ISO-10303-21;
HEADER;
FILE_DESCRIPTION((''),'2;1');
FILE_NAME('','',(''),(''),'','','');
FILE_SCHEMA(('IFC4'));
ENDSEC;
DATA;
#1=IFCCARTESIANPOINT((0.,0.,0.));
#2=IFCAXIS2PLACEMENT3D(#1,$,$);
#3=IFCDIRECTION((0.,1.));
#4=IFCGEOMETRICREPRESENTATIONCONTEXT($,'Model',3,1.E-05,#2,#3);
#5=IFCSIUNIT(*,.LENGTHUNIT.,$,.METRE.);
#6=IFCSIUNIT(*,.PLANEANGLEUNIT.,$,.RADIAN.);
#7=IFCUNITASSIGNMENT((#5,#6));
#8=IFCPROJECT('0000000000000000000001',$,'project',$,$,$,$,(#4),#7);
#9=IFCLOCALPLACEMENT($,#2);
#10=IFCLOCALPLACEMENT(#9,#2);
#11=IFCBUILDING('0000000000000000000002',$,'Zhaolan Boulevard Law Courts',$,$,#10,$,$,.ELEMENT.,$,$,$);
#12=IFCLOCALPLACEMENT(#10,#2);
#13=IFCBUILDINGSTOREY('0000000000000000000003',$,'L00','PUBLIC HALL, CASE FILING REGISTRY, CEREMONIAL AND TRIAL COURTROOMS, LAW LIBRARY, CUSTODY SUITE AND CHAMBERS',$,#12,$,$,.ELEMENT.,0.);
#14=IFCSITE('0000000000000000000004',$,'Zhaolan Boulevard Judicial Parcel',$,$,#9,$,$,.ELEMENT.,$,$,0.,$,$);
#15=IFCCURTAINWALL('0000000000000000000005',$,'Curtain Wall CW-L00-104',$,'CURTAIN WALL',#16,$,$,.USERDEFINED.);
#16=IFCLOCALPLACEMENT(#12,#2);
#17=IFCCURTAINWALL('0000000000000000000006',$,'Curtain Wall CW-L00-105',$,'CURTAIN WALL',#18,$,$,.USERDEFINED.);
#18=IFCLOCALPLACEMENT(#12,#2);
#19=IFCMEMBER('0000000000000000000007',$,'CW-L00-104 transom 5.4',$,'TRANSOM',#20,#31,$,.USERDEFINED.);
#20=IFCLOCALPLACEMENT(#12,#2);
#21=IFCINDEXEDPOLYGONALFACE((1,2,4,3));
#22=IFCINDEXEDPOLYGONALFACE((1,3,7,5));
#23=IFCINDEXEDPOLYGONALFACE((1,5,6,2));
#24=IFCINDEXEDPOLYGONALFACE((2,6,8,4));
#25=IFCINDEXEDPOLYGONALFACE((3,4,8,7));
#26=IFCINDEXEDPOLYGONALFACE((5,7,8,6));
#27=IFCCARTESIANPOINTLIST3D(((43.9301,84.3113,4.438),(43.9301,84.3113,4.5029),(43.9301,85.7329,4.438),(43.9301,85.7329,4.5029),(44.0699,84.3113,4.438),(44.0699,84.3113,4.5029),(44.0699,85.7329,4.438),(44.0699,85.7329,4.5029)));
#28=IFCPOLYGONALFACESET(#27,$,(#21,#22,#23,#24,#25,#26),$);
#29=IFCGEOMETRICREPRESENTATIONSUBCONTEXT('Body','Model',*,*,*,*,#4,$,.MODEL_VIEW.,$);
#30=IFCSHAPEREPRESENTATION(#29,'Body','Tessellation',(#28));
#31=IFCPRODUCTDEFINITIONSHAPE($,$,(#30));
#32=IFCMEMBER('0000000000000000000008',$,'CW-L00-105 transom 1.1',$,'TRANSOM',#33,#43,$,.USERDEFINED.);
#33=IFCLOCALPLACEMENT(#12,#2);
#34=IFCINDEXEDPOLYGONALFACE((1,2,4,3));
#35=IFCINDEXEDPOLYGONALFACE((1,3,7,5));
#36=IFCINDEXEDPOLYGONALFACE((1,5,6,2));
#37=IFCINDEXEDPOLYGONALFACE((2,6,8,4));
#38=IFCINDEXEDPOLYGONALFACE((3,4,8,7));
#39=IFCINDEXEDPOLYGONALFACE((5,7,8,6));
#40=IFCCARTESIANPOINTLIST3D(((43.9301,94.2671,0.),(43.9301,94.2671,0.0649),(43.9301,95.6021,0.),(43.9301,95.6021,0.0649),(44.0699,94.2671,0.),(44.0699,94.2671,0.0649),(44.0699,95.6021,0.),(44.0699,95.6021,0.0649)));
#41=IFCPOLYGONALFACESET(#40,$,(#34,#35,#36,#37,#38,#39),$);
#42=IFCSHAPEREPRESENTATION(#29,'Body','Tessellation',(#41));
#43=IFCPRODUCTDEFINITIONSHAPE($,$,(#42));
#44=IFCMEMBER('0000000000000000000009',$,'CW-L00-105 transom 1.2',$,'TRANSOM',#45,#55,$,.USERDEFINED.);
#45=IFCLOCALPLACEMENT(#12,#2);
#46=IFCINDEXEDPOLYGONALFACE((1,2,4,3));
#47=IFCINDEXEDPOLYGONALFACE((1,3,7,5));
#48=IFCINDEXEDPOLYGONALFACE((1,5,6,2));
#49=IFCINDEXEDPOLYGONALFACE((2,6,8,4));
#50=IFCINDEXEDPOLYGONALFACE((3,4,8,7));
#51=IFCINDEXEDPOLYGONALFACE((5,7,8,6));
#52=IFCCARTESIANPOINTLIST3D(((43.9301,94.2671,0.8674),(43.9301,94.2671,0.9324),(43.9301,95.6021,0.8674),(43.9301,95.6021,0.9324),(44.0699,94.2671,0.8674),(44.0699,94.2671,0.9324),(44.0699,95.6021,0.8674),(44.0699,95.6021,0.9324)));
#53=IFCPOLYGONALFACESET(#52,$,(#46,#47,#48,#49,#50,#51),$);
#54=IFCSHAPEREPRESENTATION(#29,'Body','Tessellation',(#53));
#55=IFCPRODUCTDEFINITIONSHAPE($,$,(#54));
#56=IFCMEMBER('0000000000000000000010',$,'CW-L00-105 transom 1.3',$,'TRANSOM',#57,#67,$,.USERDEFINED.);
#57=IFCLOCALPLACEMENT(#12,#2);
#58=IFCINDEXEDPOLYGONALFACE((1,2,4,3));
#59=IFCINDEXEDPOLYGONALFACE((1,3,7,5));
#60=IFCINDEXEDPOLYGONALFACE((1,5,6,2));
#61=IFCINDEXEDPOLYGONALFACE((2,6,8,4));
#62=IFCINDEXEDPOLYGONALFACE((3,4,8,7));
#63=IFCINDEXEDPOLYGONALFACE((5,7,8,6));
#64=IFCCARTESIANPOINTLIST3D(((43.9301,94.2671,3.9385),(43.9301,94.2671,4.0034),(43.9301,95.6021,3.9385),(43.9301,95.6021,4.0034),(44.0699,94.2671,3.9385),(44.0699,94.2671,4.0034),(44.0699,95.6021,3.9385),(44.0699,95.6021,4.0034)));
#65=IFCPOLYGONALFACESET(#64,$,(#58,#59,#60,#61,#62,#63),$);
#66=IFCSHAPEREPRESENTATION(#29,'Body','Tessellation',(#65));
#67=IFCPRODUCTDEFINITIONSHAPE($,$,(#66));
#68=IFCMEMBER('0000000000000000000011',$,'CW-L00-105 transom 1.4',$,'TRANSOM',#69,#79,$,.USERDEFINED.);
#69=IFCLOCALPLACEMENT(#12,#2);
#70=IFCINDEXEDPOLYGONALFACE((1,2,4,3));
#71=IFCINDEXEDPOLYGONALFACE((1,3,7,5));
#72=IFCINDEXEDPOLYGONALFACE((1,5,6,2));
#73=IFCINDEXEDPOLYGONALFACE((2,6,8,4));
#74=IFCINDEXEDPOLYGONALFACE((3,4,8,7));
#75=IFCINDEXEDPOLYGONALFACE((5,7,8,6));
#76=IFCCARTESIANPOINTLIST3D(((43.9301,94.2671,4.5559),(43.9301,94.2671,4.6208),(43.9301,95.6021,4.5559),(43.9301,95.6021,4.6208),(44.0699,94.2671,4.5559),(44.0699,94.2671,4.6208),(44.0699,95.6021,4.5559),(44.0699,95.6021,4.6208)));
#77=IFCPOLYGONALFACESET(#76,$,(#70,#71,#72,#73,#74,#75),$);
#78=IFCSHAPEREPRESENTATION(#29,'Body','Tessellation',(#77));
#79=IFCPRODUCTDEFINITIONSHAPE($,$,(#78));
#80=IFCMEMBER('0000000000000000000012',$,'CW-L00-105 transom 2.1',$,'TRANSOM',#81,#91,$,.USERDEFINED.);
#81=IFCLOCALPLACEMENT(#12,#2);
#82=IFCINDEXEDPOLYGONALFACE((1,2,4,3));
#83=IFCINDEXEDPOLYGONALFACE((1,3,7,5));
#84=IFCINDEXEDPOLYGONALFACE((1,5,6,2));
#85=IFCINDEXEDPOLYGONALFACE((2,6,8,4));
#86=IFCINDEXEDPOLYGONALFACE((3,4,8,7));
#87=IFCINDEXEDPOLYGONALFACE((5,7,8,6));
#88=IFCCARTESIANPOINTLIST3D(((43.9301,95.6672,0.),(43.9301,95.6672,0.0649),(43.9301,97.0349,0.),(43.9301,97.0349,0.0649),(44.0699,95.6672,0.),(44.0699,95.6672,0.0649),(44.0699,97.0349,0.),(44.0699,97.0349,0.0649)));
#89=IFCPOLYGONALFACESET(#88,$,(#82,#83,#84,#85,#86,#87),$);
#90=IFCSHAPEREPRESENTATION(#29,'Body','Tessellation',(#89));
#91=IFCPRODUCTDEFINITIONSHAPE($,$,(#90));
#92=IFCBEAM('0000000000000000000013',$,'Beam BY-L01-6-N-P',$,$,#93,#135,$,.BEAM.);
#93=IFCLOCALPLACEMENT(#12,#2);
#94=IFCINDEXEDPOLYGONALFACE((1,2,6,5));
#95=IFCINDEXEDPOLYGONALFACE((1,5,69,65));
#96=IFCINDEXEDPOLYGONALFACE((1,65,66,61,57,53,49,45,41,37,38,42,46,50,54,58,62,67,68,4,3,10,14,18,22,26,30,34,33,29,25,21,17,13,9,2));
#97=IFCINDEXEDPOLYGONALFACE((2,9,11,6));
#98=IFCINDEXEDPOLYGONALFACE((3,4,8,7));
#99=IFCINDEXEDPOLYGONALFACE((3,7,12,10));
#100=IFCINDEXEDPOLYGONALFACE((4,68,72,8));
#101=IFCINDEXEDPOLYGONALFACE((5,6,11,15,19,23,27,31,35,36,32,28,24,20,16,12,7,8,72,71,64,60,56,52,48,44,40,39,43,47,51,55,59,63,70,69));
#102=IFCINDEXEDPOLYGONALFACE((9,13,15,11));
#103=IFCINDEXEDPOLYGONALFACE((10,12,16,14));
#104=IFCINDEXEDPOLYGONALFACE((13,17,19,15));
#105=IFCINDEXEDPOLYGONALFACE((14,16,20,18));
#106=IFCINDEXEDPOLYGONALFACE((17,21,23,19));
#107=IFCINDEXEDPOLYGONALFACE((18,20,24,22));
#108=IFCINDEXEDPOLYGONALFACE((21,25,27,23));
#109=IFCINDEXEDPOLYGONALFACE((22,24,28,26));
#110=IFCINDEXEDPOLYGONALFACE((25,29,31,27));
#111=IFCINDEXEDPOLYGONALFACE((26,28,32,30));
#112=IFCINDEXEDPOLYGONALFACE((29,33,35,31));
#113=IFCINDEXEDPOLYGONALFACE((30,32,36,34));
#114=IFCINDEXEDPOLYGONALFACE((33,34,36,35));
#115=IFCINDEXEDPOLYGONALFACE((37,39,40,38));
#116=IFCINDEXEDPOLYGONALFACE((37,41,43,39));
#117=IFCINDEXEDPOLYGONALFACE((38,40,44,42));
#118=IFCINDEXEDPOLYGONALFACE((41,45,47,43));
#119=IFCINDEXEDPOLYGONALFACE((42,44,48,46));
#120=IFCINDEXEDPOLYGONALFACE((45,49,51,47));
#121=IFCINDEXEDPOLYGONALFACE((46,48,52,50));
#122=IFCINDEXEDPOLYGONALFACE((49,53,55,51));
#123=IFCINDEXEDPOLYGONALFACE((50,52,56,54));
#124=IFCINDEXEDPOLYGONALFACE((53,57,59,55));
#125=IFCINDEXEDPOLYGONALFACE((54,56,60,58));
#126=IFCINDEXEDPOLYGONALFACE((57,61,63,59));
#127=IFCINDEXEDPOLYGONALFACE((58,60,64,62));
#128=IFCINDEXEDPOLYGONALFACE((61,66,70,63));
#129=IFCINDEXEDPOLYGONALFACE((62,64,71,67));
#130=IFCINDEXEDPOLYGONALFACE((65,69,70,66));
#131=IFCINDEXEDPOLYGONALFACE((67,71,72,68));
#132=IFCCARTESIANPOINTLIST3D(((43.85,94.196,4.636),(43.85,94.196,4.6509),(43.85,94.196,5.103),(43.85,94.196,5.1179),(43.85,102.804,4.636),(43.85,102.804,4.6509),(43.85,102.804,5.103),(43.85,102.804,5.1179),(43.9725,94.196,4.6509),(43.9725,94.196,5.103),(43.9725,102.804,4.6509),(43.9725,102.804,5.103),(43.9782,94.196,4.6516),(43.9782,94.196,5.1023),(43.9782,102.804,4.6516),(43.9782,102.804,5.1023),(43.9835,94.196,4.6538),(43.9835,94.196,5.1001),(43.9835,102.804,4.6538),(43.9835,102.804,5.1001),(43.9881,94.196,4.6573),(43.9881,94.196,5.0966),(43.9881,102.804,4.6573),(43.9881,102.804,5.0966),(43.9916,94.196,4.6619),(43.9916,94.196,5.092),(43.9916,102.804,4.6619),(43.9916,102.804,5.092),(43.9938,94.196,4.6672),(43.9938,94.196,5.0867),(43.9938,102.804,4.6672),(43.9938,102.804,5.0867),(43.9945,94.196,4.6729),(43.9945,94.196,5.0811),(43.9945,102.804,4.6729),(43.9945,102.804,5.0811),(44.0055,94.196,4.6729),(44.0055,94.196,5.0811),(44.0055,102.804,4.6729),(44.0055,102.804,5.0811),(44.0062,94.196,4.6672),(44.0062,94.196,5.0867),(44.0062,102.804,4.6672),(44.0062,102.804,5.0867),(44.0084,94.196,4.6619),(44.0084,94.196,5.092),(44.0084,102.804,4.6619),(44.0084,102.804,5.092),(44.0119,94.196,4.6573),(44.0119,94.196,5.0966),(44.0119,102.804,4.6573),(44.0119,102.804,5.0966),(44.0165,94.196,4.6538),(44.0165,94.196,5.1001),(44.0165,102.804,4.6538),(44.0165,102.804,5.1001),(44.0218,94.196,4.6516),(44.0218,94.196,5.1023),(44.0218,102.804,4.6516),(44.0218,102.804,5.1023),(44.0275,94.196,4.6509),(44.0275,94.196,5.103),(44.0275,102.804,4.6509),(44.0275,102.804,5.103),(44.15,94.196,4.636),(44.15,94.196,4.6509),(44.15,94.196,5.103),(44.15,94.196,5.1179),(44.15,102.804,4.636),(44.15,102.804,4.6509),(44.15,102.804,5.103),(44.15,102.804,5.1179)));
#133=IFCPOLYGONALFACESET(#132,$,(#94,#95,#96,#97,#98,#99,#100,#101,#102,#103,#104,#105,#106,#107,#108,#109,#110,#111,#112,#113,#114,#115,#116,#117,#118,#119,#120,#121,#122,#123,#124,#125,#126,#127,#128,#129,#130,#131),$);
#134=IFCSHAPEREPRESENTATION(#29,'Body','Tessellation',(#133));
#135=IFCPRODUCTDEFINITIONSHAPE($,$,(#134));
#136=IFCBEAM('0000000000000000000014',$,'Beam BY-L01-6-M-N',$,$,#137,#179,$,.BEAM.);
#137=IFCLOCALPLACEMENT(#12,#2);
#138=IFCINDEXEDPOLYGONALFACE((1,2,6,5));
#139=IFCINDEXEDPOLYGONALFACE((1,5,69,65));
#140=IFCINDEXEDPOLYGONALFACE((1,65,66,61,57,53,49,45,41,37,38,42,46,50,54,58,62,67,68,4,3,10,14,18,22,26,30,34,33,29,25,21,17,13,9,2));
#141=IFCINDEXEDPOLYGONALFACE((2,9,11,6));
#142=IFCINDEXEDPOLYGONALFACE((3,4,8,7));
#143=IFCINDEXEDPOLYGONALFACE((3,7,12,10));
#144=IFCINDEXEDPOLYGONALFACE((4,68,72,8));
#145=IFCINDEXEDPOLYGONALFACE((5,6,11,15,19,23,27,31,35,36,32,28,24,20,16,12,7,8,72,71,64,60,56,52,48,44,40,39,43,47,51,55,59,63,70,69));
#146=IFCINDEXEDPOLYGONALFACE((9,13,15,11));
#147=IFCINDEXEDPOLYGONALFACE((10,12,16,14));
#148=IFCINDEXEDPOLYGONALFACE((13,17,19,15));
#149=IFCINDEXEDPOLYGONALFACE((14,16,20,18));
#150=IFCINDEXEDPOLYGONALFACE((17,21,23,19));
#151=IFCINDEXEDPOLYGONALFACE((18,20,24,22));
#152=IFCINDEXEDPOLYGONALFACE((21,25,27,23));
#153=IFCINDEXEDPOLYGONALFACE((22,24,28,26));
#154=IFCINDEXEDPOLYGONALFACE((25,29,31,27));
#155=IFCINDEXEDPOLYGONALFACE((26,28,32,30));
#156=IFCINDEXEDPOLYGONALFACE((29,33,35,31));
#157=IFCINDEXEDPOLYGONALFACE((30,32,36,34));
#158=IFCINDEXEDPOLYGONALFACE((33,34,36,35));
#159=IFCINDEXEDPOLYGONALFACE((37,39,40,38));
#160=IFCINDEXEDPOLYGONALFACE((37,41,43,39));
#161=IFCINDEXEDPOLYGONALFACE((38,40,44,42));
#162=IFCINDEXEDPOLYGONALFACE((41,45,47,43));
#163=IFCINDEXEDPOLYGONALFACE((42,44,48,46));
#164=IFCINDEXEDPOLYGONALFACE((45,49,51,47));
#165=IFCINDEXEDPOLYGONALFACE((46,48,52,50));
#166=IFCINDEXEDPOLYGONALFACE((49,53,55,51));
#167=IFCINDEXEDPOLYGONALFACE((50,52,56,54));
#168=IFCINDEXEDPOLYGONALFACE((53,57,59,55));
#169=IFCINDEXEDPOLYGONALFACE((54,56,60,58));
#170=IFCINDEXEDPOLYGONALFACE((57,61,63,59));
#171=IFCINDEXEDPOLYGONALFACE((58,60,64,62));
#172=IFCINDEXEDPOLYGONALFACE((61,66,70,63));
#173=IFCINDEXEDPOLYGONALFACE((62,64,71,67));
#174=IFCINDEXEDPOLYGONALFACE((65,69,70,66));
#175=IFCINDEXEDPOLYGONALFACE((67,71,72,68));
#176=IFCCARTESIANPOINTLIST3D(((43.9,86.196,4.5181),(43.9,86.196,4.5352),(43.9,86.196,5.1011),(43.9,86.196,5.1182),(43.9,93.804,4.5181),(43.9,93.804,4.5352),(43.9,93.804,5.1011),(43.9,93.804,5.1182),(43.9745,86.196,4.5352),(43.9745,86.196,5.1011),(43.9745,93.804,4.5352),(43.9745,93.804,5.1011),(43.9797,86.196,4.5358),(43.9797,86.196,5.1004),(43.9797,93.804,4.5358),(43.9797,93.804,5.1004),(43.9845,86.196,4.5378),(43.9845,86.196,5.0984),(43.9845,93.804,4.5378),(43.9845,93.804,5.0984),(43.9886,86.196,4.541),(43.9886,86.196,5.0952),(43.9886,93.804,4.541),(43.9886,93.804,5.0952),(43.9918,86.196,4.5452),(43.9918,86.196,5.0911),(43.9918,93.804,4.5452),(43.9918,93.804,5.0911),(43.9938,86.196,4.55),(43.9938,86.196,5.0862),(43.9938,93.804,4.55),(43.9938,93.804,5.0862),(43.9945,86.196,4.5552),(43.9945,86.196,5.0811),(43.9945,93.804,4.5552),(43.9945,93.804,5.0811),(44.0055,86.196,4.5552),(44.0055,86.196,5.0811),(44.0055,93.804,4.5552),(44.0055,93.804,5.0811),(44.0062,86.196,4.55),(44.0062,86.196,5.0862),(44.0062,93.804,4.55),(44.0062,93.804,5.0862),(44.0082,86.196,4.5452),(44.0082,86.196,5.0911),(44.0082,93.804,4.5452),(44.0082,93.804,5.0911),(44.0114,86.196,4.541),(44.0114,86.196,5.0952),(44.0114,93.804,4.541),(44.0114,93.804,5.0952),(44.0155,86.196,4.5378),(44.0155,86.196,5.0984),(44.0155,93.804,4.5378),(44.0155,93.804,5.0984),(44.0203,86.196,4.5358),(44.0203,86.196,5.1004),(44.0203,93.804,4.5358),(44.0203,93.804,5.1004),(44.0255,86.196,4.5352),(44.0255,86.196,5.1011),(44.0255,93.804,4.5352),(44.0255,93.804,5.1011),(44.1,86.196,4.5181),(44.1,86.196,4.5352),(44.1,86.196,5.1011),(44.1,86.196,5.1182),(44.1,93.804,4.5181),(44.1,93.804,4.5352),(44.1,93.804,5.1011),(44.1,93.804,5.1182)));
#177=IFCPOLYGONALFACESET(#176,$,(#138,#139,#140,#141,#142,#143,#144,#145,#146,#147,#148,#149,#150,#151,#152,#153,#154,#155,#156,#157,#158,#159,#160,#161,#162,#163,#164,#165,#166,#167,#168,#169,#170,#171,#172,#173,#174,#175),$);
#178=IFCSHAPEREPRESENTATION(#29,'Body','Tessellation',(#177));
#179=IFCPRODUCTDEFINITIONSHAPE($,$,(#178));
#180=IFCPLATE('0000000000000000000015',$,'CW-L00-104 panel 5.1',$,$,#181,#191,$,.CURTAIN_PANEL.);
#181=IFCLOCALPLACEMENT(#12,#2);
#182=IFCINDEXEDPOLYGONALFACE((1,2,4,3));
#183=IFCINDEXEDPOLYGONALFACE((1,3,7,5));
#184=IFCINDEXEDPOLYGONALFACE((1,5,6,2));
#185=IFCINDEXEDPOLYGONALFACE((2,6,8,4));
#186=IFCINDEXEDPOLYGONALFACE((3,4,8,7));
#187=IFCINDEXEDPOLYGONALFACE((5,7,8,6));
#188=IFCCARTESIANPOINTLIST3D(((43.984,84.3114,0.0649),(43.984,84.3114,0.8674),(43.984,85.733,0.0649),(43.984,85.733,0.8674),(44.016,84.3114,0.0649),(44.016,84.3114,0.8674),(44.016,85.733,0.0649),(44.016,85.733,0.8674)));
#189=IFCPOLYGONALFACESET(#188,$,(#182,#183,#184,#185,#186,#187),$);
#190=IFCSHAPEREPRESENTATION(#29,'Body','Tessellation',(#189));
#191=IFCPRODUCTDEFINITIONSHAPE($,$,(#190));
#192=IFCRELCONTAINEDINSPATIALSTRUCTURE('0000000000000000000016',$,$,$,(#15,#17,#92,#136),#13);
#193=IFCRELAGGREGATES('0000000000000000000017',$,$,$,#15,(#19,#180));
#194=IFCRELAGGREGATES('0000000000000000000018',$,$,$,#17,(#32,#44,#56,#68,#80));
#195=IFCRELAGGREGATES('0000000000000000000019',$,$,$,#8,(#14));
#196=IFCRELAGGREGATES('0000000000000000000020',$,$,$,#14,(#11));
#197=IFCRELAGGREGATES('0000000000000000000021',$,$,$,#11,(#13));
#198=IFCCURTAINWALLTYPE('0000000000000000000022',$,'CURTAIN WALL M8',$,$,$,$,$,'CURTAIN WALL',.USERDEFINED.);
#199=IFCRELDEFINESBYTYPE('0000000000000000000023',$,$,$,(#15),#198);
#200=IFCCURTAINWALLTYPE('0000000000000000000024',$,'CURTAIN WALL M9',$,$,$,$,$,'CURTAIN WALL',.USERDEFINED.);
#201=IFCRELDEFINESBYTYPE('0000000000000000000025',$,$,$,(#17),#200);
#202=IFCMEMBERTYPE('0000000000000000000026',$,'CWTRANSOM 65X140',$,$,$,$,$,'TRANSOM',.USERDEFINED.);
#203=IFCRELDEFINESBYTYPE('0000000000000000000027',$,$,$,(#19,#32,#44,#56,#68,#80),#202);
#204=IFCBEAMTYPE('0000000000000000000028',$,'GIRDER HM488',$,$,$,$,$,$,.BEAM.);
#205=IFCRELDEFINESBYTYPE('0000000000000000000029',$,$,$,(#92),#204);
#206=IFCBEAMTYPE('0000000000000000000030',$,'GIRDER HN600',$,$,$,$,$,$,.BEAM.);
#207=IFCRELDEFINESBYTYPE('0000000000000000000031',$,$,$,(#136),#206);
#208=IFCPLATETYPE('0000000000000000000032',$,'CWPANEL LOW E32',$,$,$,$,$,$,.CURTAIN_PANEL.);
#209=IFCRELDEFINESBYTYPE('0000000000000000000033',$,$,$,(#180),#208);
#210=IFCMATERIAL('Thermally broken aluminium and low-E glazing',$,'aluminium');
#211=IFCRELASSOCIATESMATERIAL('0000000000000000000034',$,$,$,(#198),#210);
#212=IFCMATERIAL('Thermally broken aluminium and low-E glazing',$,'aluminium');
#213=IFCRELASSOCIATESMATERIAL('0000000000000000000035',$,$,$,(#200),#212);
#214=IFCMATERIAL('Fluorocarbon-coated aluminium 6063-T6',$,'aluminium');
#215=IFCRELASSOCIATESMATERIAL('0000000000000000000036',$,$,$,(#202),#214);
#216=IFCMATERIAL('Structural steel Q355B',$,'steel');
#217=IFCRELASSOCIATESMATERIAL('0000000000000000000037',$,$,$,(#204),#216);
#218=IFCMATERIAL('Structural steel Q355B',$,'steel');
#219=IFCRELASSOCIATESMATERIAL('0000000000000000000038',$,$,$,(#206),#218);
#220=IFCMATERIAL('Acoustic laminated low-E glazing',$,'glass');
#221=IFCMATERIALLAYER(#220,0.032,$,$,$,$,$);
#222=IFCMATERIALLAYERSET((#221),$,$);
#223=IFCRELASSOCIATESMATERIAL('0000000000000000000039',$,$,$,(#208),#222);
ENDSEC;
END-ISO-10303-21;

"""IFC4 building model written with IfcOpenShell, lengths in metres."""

from ifc_helpers import new_model, si_unit, direction, frame, origin, origin_2d, place, context, subcontext, project, spatial, rectangle, i_section, extrude, material, layer, layer_set, material_profile, profile_set, type_object, element, aggregate, save


model = new_model("IFC4")

# Units and contexts
model_context = context("Model", 3, precision=1e-05, world=origin(), true_north=direction((0.0, 1.0)))
body_context = subcontext(model_context, "Body", "Model", "MODEL_VIEW")
ifc_project = project(units=[si_unit("LENGTHUNIT", "METRE"), si_unit("PLANEANGLEUNIT", "RADIAN")], contexts=[model_context])

# Site, building, storey
site_placement = place(None, origin())
site = spatial("IfcSite", under=ifc_project, at=site_placement, Name="Zhaolan Boulevard Judicial Parcel", CompositionType="ELEMENT", RefElevation=0.0)
building_placement = place(site_placement, origin())
building = spatial("IfcBuilding", under=site, at=building_placement, Name="Zhaolan Boulevard Law Courts", CompositionType="ELEMENT")
storey_placement = place(building_placement, origin())
storey = spatial("IfcBuildingStorey", under=building, at=storey_placement, Name="L00", Description="PUBLIC HALL, CASE FILING REGISTRY, CEREMONIAL AND TRIAL COURTROOMS, LAW LIBRARY, CUSTODY SUITE AND CHAMBERS", CompositionType="ELEMENT", Elevation=0.0)

# Curtain walls
ifc_material_1 = material(Name="Thermally broken aluminium and low-E glazing", Category="aluminium")
curtain_wall_type_1 = type_object("IfcCurtainWallType", Name="CURTAIN WALL M8", ElementType="CURTAIN WALL", PredefinedType="USERDEFINED", material=ifc_material_1)
curtain_wall_1_placement = place(storey_placement, origin())
curtain_wall_1 = element("IfcCurtainWall", 1, at=curtain_wall_1_placement, inside=storey, type_object=curtain_wall_type_1, Name="Curtain Wall CW-L00-104", ObjectType="CURTAIN WALL", PredefinedType="USERDEFINED")
ifc_material_2 = material(Name="Thermally broken aluminium and low-E glazing", Category="aluminium")
curtain_wall_type_2 = type_object("IfcCurtainWallType", Name="CURTAIN WALL M9", ElementType="CURTAIN WALL", PredefinedType="USERDEFINED", material=ifc_material_2)
curtain_wall_2_placement = place(storey_placement, origin())
curtain_wall_2 = element("IfcCurtainWall", 2, at=curtain_wall_2_placement, inside=storey, type_object=curtain_wall_type_2, Name="Curtain Wall CW-L00-105", ObjectType="CURTAIN WALL", PredefinedType="USERDEFINED")

# Members
ifc_material_3 = material(Name="Fluorocarbon-coated aluminium 6063-T6", Category="aluminium")
ifc_material_profile_1 = material_profile(ifc_material_3, rectangle(XDim=0.1399, YDim=0.0649, at=origin_2d()), Name="AL65x140")
ifc_profile_set_1 = profile_set([ifc_material_profile_1], Name="Fluorocarbon-coated aluminium 6063-T6")
member_type_1 = type_object("IfcMemberType", Name="CWTRANSOM 65X140", ElementType="TRANSOM", PredefinedType="USERDEFINED", material=ifc_profile_set_1)
member_1_placement = place(storey_placement, frame((44.0, 84.3113, 4.4705), z_axis=(0.0, 1.0, 0.0), x_axis=(-1.0, 0.0, 0.0)))
member_1 = element("IfcMember", 3, at=member_1_placement, type_object=member_type_1, Name="CW-L00-104 transom 5.4", ObjectType="TRANSOM", PredefinedType="USERDEFINED", context=body_context, shape_type="SweptSolid", body=[
    extrude(rectangle(XDim=0.1399, YDim=0.0649, at=origin_2d()), origin(), (0.0, 0.0, 1.0), 1.4216),
])
member_2_placement = place(storey_placement, frame((44.0, 94.2671, 0.0325), z_axis=(0.0, 1.0, 0.0), x_axis=(-1.0, 0.0, 0.0)))
member_2 = element("IfcMember", 4, at=member_2_placement, type_object=member_type_1, Name="CW-L00-105 transom 1.1", ObjectType="TRANSOM", PredefinedType="USERDEFINED", context=body_context, shape_type="SweptSolid", body=[
    extrude(rectangle(XDim=0.1399, YDim=0.0649, at=origin_2d()), origin(), (0.0, 0.0, 1.0), 1.335),
])
member_3_placement = place(storey_placement, frame((44.0, 94.2671, 0.8999), z_axis=(0.0, 1.0, 0.0), x_axis=(-1.0, 0.0, 0.0)))
member_3 = element("IfcMember", 5, at=member_3_placement, type_object=member_type_1, Name="CW-L00-105 transom 1.2", ObjectType="TRANSOM", PredefinedType="USERDEFINED", context=body_context, shape_type="SweptSolid", body=[
    extrude(rectangle(XDim=0.1399, YDim=0.0649, at=origin_2d()), origin(), (0.0, 0.0, 1.0), 1.335),
])
member_4_placement = place(storey_placement, frame((44.0, 94.2671, 3.9709), z_axis=(0.0, 1.0, 0.0), x_axis=(-1.0, 0.0, 0.0)))
member_4 = element("IfcMember", 6, at=member_4_placement, type_object=member_type_1, Name="CW-L00-105 transom 1.3", ObjectType="TRANSOM", PredefinedType="USERDEFINED", context=body_context, shape_type="SweptSolid", body=[
    extrude(rectangle(XDim=0.1399, YDim=0.0649, at=origin_2d()), origin(), (0.0, 0.0, 1.0), 1.335),
])
member_5_placement = place(storey_placement, frame((44.0, 94.2671, 4.5884), z_axis=(0.0, 1.0, 0.0), x_axis=(-1.0, 0.0, 0.0)))
member_5 = element("IfcMember", 7, at=member_5_placement, type_object=member_type_1, Name="CW-L00-105 transom 1.4", ObjectType="TRANSOM", PredefinedType="USERDEFINED", context=body_context, shape_type="SweptSolid", body=[
    extrude(rectangle(XDim=0.1399, YDim=0.0649, at=origin_2d()), origin(), (0.0, 0.0, 1.0), 1.335),
])
member_6_placement = place(storey_placement, frame((44.0, 95.6672, 0.0325), z_axis=(0.0, 1.0, 0.0), x_axis=(-1.0, 0.0, 0.0)))
member_6 = element("IfcMember", 8, at=member_6_placement, type_object=member_type_1, Name="CW-L00-105 transom 2.1", ObjectType="TRANSOM", PredefinedType="USERDEFINED", context=body_context, shape_type="SweptSolid", body=[
    extrude(rectangle(XDim=0.1399, YDim=0.0649, at=origin_2d()), origin(), (0.0, 0.0, 1.0), 1.3677),
])

# Beams
ifc_material_4 = material(Name="Structural steel Q355B", Category="steel")
ifc_material_profile_2 = material_profile(ifc_material_4, i_section(OverallWidth=0.3, OverallDepth=0.4819, WebThickness=0.011, FlangeThickness=0.0149, FilletRadius=0.022, at=origin_2d()), Name="HM482x300")
ifc_profile_set_2 = profile_set([ifc_material_profile_2], Name="Structural steel Q355B")
beam_type_1 = type_object("IfcBeamType", Name="GIRDER HM488", PredefinedType="BEAM", material=ifc_profile_set_2)
beam_1_placement = place(storey_placement, frame((44.0, 94.196, 4.877), z_axis=(0.0, 1.0, 0.0), x_axis=(-1.0, 0.0, 0.0)))
element("IfcBeam", 9, at=beam_1_placement, inside=storey, type_object=beam_type_1, Name="Beam BY-L01-6-N-P", PredefinedType="BEAM", context=body_context, shape_type="SweptSolid", body=[
    extrude(i_section(OverallWidth=0.3, OverallDepth=0.4819, WebThickness=0.011, FlangeThickness=0.0149, FilletRadius=0.022, at=origin_2d()), origin(), (0.0, 0.0, 1.0), 8.6079),
])
ifc_material_5 = material(Name="Structural steel Q355B", Category="steel")
ifc_material_profile_3 = material_profile(ifc_material_5, i_section(OverallWidth=0.2, OverallDepth=0.6001, WebThickness=0.011, FlangeThickness=0.0171, FilletRadius=0.02, at=origin_2d()), Name="HN600x200")
ifc_profile_set_3 = profile_set([ifc_material_profile_3], Name="Structural steel Q355B")
beam_type_2 = type_object("IfcBeamType", Name="GIRDER HN600", PredefinedType="BEAM", material=ifc_profile_set_3)
beam_2_placement = place(storey_placement, frame((44.0, 86.196, 4.8181), z_axis=(0.0, 1.0, 0.0), x_axis=(-1.0, 0.0, 0.0)))
element("IfcBeam", 10, at=beam_2_placement, inside=storey, type_object=beam_type_2, Name="Beam BY-L01-6-M-N", PredefinedType="BEAM", context=body_context, shape_type="SweptSolid", body=[
    extrude(i_section(OverallWidth=0.2, OverallDepth=0.6001, WebThickness=0.011, FlangeThickness=0.0171, FilletRadius=0.02, at=origin_2d()), origin(), (0.0, 0.0, 1.0), 7.6079),
])

# Plate
ifc_material_6 = material(Name="Acoustic laminated low-E glazing", Category="glass")
ifc_layer_1 = layer(ifc_material_6, 0.032)
ifc_layer_set_1 = layer_set([ifc_layer_1])
plate_type = type_object("IfcPlateType", Name="CWPANEL LOW E32", PredefinedType="CURTAIN_PANEL", material=ifc_layer_set_1)
plate_1_placement = place(storey_placement, frame((44.0, 85.0222, 0.0649), z_axis=(0.0, 0.0, 1.0), x_axis=(0.0, 1.0, 0.0)))
plate_1 = element("IfcPlate", 11, at=plate_1_placement, type_object=plate_type, Name="CW-L00-104 panel 5.1", PredefinedType="CURTAIN_PANEL", context=body_context, shape_type="SweptSolid", body=[
    extrude(rectangle(XDim=1.4216, YDim=0.032, at=origin_2d()), origin(), (0.0, 0.0, 1.0), 0.8025),
])
aggregate(curtain_wall_1, [member_1, plate_1])
aggregate(curtain_wall_2, [member_2, member_3, member_4, member_5, member_6])

save(model, "model.ifc")
